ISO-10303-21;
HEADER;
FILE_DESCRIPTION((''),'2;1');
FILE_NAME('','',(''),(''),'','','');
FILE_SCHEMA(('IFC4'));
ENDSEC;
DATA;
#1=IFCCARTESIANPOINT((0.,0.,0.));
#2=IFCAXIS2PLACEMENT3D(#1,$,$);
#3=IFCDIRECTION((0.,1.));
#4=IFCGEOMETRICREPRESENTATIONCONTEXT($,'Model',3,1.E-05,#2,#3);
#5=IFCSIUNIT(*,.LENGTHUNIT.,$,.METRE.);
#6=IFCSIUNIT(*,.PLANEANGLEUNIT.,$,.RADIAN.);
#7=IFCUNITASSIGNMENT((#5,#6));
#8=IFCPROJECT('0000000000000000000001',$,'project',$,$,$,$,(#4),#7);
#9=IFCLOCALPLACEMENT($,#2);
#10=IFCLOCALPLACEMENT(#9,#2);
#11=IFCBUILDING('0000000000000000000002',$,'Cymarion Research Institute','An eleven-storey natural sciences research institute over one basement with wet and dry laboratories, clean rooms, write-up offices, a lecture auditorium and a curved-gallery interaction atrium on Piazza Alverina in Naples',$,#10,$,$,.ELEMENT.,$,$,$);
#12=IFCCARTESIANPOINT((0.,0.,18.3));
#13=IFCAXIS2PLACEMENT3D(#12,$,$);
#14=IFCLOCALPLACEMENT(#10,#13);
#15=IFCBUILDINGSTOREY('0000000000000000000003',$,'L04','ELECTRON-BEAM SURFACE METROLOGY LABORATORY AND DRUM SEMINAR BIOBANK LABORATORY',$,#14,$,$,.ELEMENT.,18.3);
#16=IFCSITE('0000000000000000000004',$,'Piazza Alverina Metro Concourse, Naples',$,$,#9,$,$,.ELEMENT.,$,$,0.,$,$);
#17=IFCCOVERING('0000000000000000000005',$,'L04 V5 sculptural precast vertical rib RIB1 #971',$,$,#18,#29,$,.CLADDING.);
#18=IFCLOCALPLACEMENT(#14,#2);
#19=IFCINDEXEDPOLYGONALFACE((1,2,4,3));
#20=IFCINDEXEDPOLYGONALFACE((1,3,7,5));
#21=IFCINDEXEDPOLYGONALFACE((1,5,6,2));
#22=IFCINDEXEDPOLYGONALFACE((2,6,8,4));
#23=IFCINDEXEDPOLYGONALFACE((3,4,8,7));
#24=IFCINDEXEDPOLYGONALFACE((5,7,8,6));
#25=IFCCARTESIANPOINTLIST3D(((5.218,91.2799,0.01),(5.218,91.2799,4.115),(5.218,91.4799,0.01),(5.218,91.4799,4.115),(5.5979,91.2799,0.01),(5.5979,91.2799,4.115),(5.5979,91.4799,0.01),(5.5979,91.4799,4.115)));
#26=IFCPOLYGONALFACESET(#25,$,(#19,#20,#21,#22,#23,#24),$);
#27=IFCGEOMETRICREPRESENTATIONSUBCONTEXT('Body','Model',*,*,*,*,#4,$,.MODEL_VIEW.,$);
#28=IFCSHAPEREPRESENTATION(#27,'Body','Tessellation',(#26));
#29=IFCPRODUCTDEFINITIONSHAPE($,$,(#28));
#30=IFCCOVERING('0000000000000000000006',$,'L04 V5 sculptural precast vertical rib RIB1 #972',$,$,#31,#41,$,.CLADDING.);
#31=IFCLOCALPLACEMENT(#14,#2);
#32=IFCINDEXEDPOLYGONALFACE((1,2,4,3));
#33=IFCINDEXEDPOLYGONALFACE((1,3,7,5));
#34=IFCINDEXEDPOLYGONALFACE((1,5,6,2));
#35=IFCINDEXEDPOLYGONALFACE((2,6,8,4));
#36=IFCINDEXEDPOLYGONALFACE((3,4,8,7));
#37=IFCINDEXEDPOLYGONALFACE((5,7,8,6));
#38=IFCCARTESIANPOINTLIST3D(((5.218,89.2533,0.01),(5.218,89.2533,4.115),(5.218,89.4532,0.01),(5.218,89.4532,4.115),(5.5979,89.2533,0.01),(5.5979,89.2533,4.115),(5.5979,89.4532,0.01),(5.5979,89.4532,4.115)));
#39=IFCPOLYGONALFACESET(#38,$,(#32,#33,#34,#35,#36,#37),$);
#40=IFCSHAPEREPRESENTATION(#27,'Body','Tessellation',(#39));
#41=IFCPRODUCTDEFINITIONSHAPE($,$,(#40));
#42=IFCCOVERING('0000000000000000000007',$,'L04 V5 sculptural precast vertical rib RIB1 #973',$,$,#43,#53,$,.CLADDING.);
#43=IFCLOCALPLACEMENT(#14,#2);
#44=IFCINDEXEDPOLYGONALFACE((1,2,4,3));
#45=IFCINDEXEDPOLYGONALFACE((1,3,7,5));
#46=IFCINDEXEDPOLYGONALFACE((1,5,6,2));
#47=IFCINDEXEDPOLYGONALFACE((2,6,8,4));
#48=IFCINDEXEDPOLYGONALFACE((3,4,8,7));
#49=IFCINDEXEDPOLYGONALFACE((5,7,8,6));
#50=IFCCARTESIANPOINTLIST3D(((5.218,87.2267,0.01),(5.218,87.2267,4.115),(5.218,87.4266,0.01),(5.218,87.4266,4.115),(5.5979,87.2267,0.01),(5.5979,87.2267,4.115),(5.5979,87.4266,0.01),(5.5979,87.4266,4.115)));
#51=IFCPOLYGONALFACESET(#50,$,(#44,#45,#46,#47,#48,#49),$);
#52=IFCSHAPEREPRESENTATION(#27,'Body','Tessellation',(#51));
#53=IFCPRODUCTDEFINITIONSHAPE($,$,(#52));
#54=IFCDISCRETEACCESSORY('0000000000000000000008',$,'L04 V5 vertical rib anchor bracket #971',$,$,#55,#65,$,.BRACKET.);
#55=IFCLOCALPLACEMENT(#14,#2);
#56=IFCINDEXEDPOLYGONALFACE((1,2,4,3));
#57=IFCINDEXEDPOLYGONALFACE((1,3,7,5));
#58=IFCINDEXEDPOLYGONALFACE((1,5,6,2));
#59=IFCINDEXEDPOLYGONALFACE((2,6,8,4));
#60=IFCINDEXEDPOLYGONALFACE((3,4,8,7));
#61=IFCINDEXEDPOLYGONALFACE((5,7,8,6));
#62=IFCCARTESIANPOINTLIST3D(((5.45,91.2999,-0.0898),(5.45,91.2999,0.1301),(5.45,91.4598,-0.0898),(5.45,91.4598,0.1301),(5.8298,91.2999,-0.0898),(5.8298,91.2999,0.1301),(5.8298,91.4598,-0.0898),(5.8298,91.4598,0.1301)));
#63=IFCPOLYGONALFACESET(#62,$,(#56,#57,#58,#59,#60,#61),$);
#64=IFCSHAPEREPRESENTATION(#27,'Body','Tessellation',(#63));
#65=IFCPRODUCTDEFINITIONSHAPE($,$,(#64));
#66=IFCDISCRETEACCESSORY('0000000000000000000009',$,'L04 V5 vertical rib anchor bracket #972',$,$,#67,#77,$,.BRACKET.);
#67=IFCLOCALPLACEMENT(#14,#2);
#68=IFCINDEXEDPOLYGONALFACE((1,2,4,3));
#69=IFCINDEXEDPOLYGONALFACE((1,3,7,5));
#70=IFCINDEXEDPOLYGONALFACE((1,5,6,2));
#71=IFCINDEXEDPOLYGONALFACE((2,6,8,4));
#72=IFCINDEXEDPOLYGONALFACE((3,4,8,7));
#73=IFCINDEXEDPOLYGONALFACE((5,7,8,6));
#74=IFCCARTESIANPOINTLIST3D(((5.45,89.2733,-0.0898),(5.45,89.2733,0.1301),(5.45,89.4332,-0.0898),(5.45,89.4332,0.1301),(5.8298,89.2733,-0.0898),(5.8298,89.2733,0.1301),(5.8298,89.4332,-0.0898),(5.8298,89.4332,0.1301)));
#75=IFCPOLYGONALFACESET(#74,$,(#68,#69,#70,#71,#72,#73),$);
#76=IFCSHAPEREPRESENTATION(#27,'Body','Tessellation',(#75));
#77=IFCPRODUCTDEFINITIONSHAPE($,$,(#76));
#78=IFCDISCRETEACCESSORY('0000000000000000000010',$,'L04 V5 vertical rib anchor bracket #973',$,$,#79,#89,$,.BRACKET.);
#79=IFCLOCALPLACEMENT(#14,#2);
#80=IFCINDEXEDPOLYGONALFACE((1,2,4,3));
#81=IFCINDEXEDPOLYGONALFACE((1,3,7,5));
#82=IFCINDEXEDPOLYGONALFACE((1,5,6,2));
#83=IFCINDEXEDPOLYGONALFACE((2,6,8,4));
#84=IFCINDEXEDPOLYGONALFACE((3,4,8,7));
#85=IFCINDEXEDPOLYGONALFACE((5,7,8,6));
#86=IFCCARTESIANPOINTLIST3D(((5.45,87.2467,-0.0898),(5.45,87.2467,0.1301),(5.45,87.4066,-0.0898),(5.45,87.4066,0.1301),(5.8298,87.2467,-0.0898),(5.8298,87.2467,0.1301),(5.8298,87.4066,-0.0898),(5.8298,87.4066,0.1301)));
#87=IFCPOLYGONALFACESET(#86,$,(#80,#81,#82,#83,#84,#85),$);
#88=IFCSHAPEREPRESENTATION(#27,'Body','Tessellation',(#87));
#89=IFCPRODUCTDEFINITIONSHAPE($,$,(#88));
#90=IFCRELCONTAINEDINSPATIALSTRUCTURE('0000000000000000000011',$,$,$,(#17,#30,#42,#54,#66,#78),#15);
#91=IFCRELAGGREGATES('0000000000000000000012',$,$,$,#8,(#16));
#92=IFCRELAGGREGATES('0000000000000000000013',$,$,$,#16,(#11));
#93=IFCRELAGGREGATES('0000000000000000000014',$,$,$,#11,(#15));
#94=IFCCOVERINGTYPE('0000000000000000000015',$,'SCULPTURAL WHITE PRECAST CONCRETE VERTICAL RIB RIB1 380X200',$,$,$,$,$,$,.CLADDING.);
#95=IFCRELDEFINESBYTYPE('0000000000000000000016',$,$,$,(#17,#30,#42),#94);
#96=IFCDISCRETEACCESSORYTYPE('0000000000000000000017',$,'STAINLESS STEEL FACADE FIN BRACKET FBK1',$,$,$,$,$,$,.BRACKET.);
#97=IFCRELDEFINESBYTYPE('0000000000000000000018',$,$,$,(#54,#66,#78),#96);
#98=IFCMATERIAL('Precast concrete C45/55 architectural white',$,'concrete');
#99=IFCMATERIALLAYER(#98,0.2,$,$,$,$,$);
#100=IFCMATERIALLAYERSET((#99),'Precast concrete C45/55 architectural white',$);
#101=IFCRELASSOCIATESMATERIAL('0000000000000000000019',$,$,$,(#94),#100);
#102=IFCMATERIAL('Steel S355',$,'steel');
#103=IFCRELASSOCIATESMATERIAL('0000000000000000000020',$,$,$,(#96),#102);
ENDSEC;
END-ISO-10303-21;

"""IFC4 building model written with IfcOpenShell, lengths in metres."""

from ifc_helpers import new_model, si_unit, direction, frame, origin, origin_2d, place, context, subcontext, project, spatial, rectangle, extrude, material, layer, layer_set, type_object, element, save


model = new_model("IFC4")

# Units and contexts
model_context = context("Model", 3, precision=1e-05, world=origin(), true_north=direction((0.0, 1.0)))
body_context = subcontext(model_context, "Body", "Model", "MODEL_VIEW")
ifc_project = project(units=[si_unit("LENGTHUNIT", "METRE"), si_unit("PLANEANGLEUNIT", "RADIAN")], contexts=[model_context])

# Site, building, storey
site_placement = place(None, origin())
site = spatial("IfcSite", under=ifc_project, at=site_placement, Name="Piazza Alverina Metro Concourse, Naples", CompositionType="ELEMENT", RefElevation=0.0)
building_placement = place(site_placement, origin())
building = spatial("IfcBuilding", under=site, at=building_placement, Name="Cymarion Research Institute", Description="An eleven-storey natural sciences research institute over one basement with wet and dry laboratories, clean rooms, write-up offices, a lecture auditorium and a curved-gallery interaction atrium on Piazza Alverina in Naples", CompositionType="ELEMENT")
storey_placement = place(building_placement, frame((0.0, 0.0, 18.3)))
storey = spatial("IfcBuildingStorey", under=building, at=storey_placement, Name="L04", Description="ELECTRON-BEAM SURFACE METROLOGY LABORATORY AND DRUM SEMINAR BIOBANK LABORATORY", CompositionType="ELEMENT", Elevation=18.3)

# Coverings
ifc_material_1 = material(Name="Precast concrete C45/55 architectural white", Category="concrete")
ifc_layer_1 = layer(ifc_material_1, 0.2)
ifc_layer_set_1 = layer_set([ifc_layer_1], Name="Precast concrete C45/55 architectural white")
covering_type = type_object("IfcCoveringType", Name="SCULPTURAL WHITE PRECAST CONCRETE VERTICAL RIB RIB1 380X200", PredefinedType="CLADDING", material=ifc_layer_set_1)
for number, where, z_axis, x_axis, name in (
    (1, (5.408, 91.3799, 0.01), (0.0, 0.0, 1.0), (-1.0, 0.0, 0.0), "L04 V5 sculptural precast vertical rib RIB1 #971"),
    (2, (5.408, 89.3533, 0.01), (0.0, 0.0, 1.0), (-1.0, 0.0, 0.0), "L04 V5 sculptural precast vertical rib RIB1 #972"),
    (3, (5.408, 87.3267, 0.01), (0.0, 0.0, 1.0), (-1.0, 0.0, 0.0), "L04 V5 sculptural precast vertical rib RIB1 #973"),
):
    element("IfcCovering", number, at=place(storey_placement, frame(where, z_axis=z_axis, x_axis=x_axis)), inside=storey, type_object=covering_type, Name=name, PredefinedType="CLADDING", context=body_context, shape_type="SweptSolid", body=[
        extrude(rectangle(XDim=0.3799, YDim=0.2, at=origin_2d()), origin(), (0.0, 0.0, 1.0), 4.105),
    ])

# Discrete accessories
ifc_material_2 = material(Name="Steel S355", Category="steel")
discrete_accessory_type = type_object("IfcDiscreteAccessoryType", Name="STAINLESS STEEL FACADE FIN BRACKET FBK1", PredefinedType="BRACKET", material=ifc_material_2)
for number, where, z_axis, x_axis, name in (
    (4, (5.6399, 91.3799, -0.0898), (0.0, 0.0, 1.0), (-1.0, 0.0, 0.0), "L04 V5 vertical rib anchor bracket #971"),
    (5, (5.6399, 89.3533, -0.0898), (0.0, 0.0, 1.0), (-1.0, 0.0, 0.0), "L04 V5 vertical rib anchor bracket #972"),
    (6, (5.6399, 87.3267, -0.0898), (0.0, 0.0, 1.0), (-1.0, 0.0, 0.0), "L04 V5 vertical rib anchor bracket #973"),
):
    element("IfcDiscreteAccessory", number, at=place(storey_placement, frame(where, z_axis=z_axis, x_axis=x_axis)), inside=storey, type_object=discrete_accessory_type, Name=name, PredefinedType="BRACKET", context=body_context, shape_type="SweptSolid", body=[
        extrude(rectangle(XDim=0.3799, YDim=0.1599, at=origin_2d()), origin(), (0.0, 0.0, 1.0), 0.22),
    ])

save(model, "model.ifc")
